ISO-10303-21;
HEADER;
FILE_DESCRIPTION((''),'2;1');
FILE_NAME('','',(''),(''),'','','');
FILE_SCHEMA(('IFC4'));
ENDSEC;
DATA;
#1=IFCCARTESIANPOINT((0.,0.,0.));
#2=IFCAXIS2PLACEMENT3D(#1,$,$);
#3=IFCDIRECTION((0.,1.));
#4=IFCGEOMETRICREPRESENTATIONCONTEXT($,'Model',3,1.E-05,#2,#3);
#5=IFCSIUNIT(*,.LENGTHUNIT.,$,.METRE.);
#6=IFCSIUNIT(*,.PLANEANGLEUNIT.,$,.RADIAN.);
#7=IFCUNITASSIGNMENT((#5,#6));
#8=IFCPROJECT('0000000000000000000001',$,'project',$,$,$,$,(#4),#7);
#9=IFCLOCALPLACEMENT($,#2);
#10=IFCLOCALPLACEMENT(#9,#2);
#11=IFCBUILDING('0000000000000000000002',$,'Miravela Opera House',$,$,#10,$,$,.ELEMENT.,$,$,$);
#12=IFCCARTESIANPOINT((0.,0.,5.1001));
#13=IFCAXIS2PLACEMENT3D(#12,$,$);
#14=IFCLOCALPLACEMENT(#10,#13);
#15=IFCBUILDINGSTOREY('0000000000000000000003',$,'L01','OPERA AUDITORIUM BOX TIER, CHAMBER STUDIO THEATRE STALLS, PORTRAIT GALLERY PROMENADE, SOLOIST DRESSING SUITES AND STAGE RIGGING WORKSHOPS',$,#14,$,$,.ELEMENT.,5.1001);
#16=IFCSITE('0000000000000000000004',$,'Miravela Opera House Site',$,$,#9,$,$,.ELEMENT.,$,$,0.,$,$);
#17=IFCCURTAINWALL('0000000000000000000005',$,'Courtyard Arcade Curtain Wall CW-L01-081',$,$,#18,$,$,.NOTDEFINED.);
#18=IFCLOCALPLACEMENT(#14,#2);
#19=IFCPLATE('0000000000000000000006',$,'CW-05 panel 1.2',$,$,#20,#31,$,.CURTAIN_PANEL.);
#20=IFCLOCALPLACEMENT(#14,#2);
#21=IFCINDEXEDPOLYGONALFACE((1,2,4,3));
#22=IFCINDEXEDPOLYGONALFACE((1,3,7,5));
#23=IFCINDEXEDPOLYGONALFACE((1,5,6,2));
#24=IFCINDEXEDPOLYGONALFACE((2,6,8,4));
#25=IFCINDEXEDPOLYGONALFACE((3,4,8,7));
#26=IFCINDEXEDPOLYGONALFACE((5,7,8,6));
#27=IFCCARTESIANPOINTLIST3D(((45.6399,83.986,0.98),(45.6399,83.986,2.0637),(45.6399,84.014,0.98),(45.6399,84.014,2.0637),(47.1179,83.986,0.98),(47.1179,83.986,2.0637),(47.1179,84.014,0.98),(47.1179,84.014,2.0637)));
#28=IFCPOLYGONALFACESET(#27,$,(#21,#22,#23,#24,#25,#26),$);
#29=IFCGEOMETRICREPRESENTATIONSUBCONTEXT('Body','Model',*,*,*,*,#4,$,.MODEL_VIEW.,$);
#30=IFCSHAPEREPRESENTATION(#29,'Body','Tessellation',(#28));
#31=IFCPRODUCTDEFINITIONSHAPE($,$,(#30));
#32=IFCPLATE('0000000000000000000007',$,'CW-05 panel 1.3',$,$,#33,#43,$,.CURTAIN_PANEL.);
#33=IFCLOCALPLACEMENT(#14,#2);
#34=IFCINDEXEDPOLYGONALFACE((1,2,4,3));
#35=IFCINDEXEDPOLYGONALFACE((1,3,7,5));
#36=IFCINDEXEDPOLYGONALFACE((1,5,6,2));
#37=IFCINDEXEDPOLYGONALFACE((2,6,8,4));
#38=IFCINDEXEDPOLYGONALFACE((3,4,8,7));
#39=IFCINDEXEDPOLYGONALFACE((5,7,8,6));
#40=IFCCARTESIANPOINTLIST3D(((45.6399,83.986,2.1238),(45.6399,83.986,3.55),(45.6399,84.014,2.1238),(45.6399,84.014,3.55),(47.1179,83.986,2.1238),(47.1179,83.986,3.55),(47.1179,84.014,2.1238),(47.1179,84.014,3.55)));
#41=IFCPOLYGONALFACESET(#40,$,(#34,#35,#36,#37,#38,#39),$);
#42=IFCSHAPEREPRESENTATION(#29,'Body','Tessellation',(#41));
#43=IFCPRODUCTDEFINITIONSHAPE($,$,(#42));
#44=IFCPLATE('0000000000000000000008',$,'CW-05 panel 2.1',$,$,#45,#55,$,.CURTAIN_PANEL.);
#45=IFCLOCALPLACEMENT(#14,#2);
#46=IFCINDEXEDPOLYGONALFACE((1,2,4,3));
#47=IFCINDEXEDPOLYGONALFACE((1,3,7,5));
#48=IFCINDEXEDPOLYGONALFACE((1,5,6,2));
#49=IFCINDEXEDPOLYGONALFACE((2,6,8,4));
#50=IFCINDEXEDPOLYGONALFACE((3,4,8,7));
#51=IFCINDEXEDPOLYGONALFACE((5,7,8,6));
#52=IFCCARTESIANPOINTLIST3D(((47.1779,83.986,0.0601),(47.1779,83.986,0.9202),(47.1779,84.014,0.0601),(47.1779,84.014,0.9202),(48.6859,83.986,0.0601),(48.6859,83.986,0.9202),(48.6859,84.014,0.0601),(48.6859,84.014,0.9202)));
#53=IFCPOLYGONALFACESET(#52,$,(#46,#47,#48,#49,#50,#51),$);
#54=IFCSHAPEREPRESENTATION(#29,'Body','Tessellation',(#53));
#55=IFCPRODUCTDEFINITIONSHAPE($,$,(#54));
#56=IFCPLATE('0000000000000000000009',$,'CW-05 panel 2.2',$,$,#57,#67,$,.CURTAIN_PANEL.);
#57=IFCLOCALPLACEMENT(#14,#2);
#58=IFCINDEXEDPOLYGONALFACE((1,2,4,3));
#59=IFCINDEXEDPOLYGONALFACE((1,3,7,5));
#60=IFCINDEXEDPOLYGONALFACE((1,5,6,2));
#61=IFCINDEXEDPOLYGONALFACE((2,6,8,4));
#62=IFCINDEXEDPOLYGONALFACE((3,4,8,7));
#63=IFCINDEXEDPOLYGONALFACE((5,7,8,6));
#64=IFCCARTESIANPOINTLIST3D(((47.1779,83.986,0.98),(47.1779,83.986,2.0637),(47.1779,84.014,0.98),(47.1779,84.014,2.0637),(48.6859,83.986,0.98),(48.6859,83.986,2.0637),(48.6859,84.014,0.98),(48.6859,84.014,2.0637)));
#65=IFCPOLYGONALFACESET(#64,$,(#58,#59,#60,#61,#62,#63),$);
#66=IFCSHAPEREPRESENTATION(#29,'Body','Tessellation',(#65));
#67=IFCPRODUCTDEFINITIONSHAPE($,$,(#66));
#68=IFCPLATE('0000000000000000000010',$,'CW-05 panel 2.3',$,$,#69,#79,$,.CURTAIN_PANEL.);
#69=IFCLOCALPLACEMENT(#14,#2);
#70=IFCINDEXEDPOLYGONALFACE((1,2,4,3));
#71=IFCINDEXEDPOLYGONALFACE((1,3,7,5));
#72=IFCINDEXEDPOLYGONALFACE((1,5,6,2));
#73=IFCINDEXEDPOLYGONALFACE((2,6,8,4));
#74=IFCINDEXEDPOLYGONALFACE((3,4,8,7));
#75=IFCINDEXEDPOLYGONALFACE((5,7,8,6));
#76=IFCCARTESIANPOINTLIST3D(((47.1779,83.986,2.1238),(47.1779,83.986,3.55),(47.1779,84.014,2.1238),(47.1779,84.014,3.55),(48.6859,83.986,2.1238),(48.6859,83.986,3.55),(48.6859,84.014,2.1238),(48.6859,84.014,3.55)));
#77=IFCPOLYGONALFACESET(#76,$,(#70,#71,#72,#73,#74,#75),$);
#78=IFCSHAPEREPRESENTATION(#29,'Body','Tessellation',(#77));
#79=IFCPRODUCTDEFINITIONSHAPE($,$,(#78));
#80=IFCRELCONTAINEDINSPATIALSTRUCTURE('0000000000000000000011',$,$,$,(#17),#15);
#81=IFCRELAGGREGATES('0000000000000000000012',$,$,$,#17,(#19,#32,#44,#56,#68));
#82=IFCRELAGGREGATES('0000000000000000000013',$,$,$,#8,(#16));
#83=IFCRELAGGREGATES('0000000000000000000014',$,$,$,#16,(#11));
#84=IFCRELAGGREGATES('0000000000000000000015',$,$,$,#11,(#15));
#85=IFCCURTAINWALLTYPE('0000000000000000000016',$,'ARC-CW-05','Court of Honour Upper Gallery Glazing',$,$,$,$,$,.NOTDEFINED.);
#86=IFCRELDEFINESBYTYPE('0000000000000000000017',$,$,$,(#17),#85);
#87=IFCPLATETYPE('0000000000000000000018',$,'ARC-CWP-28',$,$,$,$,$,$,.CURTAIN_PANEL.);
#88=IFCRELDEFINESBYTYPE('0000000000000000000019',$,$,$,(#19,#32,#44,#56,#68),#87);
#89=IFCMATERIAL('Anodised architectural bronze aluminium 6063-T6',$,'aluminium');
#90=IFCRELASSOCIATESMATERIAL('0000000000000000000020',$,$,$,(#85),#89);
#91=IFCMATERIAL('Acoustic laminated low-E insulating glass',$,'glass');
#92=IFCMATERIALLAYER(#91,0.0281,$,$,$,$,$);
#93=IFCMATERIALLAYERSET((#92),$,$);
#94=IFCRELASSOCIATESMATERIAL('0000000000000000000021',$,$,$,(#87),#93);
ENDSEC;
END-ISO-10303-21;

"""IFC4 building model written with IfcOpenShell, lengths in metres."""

from ifc_helpers import new_model, si_unit, direction, frame, origin, origin_2d, place, context, subcontext, project, spatial, rectangle, extrude, material, layer, layer_set, type_object, element, aggregate, save


model = new_model("IFC4")

# Units and contexts
model_context = context("Model", 3, precision=1e-05, world=origin(), true_north=direction((0.0, 1.0)))
body_context = subcontext(model_context, "Body", "Model", "MODEL_VIEW")
ifc_project = project(units=[si_unit("LENGTHUNIT", "METRE"), si_unit("PLANEANGLEUNIT", "RADIAN")], contexts=[model_context])

# Site, building, storey
site_placement = place(None, origin())
site = spatial("IfcSite", under=ifc_project, at=site_placement, Name="Miravela Opera House Site", CompositionType="ELEMENT", RefElevation=0.0)
building_placement = place(site_placement, origin())
building = spatial("IfcBuilding", under=site, at=building_placement, Name="Miravela Opera House", CompositionType="ELEMENT")
storey_placement = place(building_placement, frame((0.0, 0.0, 5.1001)))
storey = spatial("IfcBuildingStorey", under=building, at=storey_placement, Name="L01", Description="OPERA AUDITORIUM BOX TIER, CHAMBER STUDIO THEATRE STALLS, PORTRAIT GALLERY PROMENADE, SOLOIST DRESSING SUITES AND STAGE RIGGING WORKSHOPS", CompositionType="ELEMENT", Elevation=5.1001)

# Shared definitions
ifc_material_1 = material(Name="Anodised architectural bronze aluminium 6063-T6", Category="aluminium")
curtain_wall_type = type_object("IfcCurtainWallType", Name="ARC-CW-05", Description="Court of Honour Upper Gallery Glazing", PredefinedType="NOTDEFINED", material=ifc_material_1)

# Curtain wall
curtain_wall_1_placement = place(storey_placement, origin())
curtain_wall_1 = element("IfcCurtainWall", 1, at=curtain_wall_1_placement, inside=storey, type_object=curtain_wall_type, Name="Courtyard Arcade Curtain Wall CW-L01-081", PredefinedType="NOTDEFINED")

# Plates
ifc_material_2 = material(Name="Acoustic laminated low-E insulating glass", Category="glass")
ifc_layer = layer(ifc_material_2, 0.0281)
ifc_layer_set = layer_set([ifc_layer])
plate_type = type_object("IfcPlateType", Name="ARC-CWP-28", PredefinedType="CURTAIN_PANEL", material=ifc_layer_set)
plate_1_placement = place(storey_placement, frame((46.3789, 84.0, 0.98), z_axis=(0.0, 0.0, 1.0), x_axis=(1.0, 0.0, 0.0)))
plate_1 = element("IfcPlate", 2, at=plate_1_placement, type_object=plate_type, Name="CW-05 panel 1.2", PredefinedType="CURTAIN_PANEL", context=body_context, shape_type="SweptSolid", body=[
    extrude(rectangle(XDim=1.478, YDim=0.0281, at=origin_2d()), origin(), (0.0, 0.0, 1.0), 1.0837),
])
plate_2_placement = place(storey_placement, frame((46.3789, 84.0, 2.1238), z_axis=(0.0, 0.0, 1.0), x_axis=(1.0, 0.0, 0.0)))
plate_2 = element("IfcPlate", 3, at=plate_2_placement, type_object=plate_type, Name="CW-05 panel 1.3", PredefinedType="CURTAIN_PANEL", context=body_context, shape_type="SweptSolid", body=[
    extrude(rectangle(XDim=1.478, YDim=0.0281, at=origin_2d()), origin(), (0.0, 0.0, 1.0), 1.4263),
])
plate_3_placement = place(storey_placement, frame((47.9319, 84.0, 0.0601), z_axis=(0.0, 0.0, 1.0), x_axis=(1.0, 0.0, 0.0)))
plate_3 = element("IfcPlate", 4, at=plate_3_placement, type_object=plate_type, Name="CW-05 panel 2.1", PredefinedType="CURTAIN_PANEL", context=body_context, shape_type="SweptSolid", body=[
    extrude(rectangle(XDim=1.5081, YDim=0.0281, at=origin_2d()), origin(), (0.0, 0.0, 1.0), 0.8601),
])
plate_4_placement = place(storey_placement, frame((47.9319, 84.0, 0.98), z_axis=(0.0, 0.0, 1.0), x_axis=(1.0, 0.0, 0.0)))
plate_4 = element("IfcPlate", 5, at=plate_4_placement, type_object=plate_type, Name="CW-05 panel 2.2", PredefinedType="CURTAIN_PANEL", context=body_context, shape_type="SweptSolid", body=[
    extrude(rectangle(XDim=1.5081, YDim=0.0281, at=origin_2d()), origin(), (0.0, 0.0, 1.0), 1.0837),
])
plate_5_placement = place(storey_placement, frame((47.9319, 84.0, 2.1238), z_axis=(0.0, 0.0, 1.0), x_axis=(1.0, 0.0, 0.0)))
plate_5 = element("IfcPlate", 6, at=plate_5_placement, type_object=plate_type, Name="CW-05 panel 2.3", PredefinedType="CURTAIN_PANEL", context=body_context, shape_type="SweptSolid", body=[
    extrude(rectangle(XDim=1.5081, YDim=0.0281, at=origin_2d()), origin(), (0.0, 0.0, 1.0), 1.4263),
])
aggregate(curtain_wall_1, [plate_1, plate_2, plate_3, plate_4, plate_5])

save(model, "model.ifc")
